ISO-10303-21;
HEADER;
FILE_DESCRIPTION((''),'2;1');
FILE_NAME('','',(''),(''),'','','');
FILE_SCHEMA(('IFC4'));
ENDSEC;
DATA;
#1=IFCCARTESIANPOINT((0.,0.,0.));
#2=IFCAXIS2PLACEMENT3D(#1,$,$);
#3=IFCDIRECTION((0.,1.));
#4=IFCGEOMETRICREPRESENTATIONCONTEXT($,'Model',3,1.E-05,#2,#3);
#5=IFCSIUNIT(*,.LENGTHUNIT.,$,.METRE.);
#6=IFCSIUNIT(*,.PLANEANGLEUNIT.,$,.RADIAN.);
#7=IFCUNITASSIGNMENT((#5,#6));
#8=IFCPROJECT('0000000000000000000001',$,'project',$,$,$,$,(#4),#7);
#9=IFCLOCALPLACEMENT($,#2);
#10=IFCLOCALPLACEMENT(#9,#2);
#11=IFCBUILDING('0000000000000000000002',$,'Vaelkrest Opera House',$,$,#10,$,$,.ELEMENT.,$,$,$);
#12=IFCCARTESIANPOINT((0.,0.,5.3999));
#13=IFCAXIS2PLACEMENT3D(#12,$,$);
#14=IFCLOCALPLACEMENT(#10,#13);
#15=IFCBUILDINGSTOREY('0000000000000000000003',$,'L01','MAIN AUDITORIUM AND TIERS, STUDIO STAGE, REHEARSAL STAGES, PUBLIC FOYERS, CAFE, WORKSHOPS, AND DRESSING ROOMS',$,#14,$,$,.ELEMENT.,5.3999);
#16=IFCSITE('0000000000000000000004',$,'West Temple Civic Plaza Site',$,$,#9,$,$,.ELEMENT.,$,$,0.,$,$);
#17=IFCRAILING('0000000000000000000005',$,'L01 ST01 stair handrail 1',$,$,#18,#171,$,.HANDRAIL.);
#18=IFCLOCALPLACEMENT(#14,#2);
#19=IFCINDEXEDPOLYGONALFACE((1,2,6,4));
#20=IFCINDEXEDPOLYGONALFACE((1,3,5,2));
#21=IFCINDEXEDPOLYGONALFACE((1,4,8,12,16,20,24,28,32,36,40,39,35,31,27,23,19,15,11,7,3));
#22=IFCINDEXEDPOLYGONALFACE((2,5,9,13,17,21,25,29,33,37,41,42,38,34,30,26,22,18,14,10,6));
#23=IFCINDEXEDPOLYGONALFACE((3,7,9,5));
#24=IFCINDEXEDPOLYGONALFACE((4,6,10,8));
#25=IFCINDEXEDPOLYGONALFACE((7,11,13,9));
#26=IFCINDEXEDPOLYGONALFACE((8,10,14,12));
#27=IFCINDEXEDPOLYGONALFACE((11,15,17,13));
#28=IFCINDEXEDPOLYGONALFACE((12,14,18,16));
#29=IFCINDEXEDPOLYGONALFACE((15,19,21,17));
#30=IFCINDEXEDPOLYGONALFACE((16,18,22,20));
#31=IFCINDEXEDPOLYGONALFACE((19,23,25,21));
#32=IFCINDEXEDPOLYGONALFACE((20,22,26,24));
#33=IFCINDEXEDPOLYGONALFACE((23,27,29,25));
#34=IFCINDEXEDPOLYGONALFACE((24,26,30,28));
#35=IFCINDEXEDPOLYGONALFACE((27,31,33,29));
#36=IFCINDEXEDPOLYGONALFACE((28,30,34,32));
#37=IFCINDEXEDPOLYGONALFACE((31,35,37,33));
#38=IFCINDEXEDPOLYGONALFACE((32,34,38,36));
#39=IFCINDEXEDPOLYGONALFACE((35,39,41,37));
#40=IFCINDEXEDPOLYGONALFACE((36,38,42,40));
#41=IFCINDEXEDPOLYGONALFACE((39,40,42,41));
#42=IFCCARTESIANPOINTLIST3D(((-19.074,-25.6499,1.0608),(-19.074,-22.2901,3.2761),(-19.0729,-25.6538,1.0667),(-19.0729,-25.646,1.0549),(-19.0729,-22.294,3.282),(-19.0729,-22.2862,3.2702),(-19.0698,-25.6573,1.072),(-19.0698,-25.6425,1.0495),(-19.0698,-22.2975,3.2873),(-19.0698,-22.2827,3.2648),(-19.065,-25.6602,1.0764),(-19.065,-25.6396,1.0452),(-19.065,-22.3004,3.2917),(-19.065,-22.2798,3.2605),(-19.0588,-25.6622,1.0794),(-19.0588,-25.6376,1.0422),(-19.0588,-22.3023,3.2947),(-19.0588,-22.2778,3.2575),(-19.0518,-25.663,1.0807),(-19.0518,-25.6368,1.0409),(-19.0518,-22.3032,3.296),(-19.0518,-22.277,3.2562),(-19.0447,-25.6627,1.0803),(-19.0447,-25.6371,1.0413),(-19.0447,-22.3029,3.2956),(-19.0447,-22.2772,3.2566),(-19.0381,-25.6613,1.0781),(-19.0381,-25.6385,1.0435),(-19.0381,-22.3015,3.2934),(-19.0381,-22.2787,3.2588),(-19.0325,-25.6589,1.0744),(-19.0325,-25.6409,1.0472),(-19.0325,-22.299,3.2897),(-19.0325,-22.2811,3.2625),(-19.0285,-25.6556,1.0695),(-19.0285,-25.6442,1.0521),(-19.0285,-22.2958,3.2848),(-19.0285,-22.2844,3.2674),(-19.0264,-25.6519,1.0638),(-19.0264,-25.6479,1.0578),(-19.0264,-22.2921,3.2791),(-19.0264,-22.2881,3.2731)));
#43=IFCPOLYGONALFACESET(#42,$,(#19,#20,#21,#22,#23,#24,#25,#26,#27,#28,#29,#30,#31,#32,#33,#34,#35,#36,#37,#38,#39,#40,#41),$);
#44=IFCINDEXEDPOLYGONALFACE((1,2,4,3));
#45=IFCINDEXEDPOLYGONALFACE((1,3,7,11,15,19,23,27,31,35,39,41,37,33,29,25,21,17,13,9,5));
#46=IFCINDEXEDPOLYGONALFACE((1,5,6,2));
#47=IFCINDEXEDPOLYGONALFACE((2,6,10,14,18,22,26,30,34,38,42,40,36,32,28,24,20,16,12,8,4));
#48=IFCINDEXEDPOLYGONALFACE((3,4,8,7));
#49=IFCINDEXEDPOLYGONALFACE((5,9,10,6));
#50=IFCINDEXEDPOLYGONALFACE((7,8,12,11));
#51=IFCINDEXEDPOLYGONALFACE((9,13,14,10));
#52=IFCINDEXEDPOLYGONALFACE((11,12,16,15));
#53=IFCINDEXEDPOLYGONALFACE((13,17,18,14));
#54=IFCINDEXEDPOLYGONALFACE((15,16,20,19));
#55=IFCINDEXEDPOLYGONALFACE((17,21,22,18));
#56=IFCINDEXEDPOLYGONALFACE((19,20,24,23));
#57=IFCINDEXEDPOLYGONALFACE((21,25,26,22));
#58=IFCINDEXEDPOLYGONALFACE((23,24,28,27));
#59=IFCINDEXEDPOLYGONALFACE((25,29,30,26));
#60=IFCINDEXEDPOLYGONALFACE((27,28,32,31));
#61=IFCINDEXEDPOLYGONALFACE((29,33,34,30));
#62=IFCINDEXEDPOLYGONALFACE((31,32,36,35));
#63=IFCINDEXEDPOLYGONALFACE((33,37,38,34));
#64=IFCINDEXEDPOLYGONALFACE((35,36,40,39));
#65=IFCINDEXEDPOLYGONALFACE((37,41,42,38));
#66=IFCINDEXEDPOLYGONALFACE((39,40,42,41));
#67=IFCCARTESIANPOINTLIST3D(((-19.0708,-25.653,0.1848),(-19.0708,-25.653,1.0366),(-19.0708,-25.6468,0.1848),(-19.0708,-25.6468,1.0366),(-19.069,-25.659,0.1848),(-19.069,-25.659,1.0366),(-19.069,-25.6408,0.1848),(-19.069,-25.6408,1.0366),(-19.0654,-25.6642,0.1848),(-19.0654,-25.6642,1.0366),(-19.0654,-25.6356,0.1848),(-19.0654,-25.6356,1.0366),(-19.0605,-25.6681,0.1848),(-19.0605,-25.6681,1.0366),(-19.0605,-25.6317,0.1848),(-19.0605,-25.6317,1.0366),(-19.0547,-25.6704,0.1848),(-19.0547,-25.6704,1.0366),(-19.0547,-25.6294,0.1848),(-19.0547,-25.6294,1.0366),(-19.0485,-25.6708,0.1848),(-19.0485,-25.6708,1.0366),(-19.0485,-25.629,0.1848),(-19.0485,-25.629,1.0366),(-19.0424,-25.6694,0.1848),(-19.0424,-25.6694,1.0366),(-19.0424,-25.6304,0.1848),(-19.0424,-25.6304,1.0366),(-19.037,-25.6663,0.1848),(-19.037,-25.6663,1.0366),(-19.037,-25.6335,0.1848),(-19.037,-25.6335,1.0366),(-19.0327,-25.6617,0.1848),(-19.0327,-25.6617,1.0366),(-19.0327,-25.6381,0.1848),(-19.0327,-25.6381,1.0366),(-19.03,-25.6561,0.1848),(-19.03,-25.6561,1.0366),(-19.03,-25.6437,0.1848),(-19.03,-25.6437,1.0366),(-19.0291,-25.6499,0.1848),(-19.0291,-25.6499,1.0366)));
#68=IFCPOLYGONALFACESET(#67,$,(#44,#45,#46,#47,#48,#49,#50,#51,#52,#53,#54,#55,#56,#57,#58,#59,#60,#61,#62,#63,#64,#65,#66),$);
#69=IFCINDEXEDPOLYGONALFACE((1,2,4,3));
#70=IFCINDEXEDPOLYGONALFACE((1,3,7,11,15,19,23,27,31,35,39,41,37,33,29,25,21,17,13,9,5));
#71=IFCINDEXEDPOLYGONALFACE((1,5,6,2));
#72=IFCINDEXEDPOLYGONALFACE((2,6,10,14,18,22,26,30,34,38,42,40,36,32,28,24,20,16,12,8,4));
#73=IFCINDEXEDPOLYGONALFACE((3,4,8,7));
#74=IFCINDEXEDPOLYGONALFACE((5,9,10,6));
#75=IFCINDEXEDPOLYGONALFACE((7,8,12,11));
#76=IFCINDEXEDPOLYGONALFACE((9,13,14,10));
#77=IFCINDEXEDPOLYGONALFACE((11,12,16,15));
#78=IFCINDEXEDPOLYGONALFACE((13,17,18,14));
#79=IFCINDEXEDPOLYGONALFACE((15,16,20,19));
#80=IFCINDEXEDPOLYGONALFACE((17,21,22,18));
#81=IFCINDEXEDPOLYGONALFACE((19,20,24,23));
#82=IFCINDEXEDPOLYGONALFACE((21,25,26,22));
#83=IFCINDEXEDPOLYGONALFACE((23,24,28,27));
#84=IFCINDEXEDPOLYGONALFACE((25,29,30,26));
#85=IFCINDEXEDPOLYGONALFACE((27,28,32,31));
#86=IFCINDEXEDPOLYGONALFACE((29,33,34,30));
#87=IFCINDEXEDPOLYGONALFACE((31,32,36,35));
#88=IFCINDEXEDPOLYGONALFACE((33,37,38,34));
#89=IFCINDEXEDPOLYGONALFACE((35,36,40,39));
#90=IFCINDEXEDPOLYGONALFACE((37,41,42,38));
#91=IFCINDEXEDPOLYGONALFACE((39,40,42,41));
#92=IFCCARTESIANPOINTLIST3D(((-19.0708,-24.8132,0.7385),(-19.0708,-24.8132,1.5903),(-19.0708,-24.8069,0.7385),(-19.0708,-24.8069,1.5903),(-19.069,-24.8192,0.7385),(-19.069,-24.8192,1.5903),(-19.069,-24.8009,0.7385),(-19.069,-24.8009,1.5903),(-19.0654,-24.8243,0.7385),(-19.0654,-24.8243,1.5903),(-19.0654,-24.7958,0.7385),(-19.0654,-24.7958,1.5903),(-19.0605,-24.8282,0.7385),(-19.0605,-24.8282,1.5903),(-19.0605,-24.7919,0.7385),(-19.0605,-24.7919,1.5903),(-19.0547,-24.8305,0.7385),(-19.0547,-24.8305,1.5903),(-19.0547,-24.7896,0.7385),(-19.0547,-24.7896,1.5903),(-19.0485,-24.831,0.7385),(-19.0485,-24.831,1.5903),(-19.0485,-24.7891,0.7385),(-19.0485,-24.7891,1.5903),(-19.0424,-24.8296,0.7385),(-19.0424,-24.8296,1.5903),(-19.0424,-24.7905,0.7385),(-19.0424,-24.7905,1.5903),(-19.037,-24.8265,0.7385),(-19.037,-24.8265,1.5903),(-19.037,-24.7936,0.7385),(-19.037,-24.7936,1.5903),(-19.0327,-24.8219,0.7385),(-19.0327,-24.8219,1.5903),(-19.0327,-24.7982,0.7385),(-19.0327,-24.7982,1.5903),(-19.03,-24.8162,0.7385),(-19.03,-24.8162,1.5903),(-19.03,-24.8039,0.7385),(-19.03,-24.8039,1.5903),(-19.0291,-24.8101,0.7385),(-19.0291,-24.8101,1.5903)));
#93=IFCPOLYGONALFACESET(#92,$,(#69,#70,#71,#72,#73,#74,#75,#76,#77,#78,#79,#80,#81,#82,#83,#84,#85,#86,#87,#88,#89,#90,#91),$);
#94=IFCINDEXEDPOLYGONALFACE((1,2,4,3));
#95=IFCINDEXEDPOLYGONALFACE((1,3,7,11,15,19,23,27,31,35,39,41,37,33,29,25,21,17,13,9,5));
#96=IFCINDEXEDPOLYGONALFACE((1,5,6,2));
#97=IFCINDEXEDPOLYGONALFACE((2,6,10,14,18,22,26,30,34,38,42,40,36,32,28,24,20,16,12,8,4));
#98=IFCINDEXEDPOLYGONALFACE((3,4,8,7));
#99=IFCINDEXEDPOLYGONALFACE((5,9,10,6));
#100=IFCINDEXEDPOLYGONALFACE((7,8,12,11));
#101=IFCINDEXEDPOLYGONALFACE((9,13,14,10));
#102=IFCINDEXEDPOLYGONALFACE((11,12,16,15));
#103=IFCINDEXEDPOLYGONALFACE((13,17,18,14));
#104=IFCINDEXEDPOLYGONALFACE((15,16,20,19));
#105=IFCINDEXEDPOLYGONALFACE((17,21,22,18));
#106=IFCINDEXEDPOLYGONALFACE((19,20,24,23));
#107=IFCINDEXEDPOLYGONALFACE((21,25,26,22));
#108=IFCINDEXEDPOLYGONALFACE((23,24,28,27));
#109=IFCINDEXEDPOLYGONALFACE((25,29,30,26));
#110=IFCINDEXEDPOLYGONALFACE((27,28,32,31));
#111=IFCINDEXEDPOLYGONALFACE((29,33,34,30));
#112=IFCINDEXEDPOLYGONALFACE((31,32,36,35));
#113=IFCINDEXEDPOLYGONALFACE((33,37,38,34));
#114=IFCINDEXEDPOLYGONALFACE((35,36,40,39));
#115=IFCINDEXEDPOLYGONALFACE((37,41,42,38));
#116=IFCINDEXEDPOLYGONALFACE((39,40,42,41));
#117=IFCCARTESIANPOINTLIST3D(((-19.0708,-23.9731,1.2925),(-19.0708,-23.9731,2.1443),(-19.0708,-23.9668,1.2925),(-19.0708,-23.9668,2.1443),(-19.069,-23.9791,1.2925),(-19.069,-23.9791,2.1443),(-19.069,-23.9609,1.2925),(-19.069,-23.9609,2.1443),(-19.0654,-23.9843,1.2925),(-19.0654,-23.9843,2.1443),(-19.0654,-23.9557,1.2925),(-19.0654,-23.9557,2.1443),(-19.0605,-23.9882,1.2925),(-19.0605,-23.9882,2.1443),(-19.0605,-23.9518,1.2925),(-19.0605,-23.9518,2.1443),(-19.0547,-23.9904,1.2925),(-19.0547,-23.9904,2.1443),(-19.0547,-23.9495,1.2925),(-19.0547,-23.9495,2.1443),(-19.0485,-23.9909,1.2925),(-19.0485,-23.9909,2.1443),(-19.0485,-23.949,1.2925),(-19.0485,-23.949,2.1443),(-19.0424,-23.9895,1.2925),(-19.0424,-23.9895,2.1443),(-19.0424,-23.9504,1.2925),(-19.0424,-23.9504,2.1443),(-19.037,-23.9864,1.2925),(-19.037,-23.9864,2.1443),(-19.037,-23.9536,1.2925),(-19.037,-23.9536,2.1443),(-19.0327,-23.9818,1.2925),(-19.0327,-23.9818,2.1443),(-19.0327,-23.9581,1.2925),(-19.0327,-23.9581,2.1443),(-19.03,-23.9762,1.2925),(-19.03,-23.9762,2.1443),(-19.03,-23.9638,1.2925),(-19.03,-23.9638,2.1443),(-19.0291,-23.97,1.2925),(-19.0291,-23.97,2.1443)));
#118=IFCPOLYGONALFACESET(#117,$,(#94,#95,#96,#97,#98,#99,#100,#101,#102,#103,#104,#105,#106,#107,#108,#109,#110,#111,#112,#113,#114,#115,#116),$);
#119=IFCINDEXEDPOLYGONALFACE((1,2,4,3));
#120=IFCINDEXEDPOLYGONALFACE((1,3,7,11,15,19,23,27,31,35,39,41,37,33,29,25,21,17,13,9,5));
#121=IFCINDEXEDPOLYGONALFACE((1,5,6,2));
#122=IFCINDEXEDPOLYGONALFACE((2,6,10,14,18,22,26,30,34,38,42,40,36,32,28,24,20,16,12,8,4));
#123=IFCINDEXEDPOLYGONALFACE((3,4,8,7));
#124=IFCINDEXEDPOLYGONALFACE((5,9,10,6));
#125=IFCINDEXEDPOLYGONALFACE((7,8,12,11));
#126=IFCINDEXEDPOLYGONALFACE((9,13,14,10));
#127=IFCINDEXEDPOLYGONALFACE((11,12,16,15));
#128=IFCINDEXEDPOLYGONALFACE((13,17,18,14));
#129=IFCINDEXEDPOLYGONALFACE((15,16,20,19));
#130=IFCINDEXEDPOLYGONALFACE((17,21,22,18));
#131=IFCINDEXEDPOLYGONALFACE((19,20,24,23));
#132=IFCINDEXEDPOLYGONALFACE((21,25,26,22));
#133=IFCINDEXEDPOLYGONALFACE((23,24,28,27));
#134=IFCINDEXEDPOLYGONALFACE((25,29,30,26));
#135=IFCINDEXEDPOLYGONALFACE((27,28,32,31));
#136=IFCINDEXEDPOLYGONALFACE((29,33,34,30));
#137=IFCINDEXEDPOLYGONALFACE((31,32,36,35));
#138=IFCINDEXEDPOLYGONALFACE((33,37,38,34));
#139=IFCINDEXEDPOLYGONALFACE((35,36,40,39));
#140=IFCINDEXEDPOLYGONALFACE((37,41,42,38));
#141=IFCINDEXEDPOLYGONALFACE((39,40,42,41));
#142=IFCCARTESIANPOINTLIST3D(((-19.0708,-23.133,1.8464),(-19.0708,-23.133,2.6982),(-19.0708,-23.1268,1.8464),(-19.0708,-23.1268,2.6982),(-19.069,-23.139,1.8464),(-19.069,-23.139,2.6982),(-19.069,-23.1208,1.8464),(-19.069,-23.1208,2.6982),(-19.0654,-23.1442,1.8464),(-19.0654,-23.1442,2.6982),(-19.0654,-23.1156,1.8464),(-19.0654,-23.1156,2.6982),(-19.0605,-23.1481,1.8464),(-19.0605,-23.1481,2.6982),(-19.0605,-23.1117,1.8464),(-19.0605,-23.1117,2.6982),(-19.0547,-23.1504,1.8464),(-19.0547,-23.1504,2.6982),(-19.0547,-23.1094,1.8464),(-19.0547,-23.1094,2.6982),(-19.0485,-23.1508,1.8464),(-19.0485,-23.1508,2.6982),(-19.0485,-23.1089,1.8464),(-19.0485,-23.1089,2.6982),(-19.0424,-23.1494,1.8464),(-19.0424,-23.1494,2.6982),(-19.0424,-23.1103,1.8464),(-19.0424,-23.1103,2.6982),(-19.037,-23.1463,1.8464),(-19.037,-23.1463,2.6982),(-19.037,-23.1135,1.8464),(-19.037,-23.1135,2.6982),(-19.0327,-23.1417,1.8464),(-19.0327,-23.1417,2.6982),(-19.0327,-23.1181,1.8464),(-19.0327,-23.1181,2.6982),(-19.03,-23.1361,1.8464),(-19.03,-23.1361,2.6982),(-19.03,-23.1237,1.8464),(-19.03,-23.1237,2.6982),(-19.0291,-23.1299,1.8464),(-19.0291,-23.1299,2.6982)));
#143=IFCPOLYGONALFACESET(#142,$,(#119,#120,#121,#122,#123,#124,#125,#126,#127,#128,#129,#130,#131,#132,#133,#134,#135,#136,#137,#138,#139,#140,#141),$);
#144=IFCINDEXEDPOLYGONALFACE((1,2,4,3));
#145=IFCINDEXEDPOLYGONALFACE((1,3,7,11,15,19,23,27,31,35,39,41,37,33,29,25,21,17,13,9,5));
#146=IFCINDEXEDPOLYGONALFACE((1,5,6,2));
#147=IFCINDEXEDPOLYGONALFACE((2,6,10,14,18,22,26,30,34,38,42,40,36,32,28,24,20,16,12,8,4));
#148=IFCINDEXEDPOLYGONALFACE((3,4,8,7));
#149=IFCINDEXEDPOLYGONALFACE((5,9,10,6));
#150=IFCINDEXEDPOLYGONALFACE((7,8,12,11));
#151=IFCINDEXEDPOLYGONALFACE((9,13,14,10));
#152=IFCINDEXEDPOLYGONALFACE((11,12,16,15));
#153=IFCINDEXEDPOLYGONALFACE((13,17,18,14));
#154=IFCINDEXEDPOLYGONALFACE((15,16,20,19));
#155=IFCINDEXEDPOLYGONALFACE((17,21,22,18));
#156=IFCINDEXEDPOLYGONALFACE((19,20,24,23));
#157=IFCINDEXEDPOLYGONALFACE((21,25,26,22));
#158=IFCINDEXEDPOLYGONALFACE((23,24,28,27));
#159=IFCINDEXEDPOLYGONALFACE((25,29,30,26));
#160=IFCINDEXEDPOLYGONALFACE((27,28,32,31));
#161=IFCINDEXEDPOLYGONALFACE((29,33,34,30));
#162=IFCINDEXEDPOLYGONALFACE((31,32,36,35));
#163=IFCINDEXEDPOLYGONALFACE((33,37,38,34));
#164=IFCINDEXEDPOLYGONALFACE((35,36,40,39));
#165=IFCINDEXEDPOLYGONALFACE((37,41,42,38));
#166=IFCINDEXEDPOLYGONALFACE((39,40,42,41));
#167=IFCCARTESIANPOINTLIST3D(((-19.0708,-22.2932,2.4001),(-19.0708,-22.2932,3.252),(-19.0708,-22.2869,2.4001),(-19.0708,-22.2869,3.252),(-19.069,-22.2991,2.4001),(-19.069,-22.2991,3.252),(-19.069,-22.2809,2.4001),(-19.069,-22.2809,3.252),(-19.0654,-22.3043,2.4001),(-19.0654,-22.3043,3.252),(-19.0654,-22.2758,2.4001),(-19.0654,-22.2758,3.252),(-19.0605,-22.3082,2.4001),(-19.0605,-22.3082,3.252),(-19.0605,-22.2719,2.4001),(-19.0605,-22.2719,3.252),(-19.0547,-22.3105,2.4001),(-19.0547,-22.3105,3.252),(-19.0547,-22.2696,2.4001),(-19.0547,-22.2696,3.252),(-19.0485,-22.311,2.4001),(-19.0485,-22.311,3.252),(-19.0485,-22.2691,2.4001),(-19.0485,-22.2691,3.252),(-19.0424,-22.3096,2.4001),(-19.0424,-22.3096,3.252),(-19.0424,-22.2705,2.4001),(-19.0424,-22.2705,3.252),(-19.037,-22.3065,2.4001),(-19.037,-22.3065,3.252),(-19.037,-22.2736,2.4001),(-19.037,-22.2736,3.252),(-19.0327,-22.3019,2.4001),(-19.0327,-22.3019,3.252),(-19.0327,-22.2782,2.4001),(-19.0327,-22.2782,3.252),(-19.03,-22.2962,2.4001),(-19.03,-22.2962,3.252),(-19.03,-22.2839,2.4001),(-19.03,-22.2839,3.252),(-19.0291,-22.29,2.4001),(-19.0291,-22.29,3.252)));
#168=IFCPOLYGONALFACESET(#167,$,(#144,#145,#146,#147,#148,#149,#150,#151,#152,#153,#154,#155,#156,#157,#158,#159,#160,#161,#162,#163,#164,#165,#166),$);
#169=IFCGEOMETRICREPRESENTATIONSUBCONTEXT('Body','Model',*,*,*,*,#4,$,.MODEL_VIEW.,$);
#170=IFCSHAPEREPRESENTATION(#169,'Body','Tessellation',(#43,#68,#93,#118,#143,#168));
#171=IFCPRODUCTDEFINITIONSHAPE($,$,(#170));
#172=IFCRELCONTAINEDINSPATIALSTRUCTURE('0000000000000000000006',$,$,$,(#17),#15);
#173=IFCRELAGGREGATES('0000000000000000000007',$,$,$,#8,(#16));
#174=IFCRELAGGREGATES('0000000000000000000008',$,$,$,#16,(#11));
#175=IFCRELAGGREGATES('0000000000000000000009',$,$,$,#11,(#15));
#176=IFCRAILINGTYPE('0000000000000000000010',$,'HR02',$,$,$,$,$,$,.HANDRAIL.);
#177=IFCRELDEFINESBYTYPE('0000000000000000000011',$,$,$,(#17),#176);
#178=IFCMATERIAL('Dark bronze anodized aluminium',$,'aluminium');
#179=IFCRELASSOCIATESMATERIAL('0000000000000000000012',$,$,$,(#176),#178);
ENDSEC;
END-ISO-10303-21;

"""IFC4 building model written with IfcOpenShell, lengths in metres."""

from ifc_helpers import new_model, si_unit, direction, frame, origin, origin_2d, place, context, subcontext, project, spatial, circle, extrude, material, type_object, element, save


model = new_model("IFC4")

# Units and contexts
model_context = context("Model", 3, precision=1e-05, world=origin(), true_north=direction((0.0, 1.0)))
body_context = subcontext(model_context, "Body", "Model", "MODEL_VIEW")
ifc_project = project(units=[si_unit("LENGTHUNIT", "METRE"), si_unit("PLANEANGLEUNIT", "RADIAN")], contexts=[model_context])

# Site, building, storey
site_placement = place(None, origin())
site = spatial("IfcSite", under=ifc_project, at=site_placement, Name="West Temple Civic Plaza Site", CompositionType="ELEMENT", RefElevation=0.0)
building_placement = place(site_placement, origin())
building = spatial("IfcBuilding", under=site, at=building_placement, Name="Vaelkrest Opera House", CompositionType="ELEMENT")
storey_placement = place(building_placement, frame((0.0, 0.0, 5.3999)))
storey = spatial("IfcBuildingStorey", under=building, at=storey_placement, Name="L01", Description="MAIN AUDITORIUM AND TIERS, STUDIO STAGE, REHEARSAL STAGES, PUBLIC FOYERS, CAFE, WORKSHOPS, AND DRESSING ROOMS", CompositionType="ELEMENT", Elevation=5.3999)

# Shared definitions
ifc_material_1 = material(Name="Dark bronze anodized aluminium", Category="aluminium")

# Railing
railing_type_1 = type_object("IfcRailingType", Name="HR02", PredefinedType="HANDRAIL", material=ifc_material_1)
railing_1_placement = place(storey_placement, frame((-19.05, -25.6499, 0.1848)))
element("IfcRailing", 1, at=railing_1_placement, inside=storey, type_object=railing_type_1, Name="L01 ST01 stair handrail 1", PredefinedType="HANDRAIL", context=body_context, shape_type="SweptSolid", body=[
    extrude(circle(Radius=0.0239, at=origin_2d()), frame((0.0, 0.0, 0.876), z_axis=(0.0, 0.834858, 0.550465), x_axis=(-1.0, 0.0, 0.0)), (0.0, 0.0, 1.0), 4.0244),
    extrude(circle(Radius=0.021, at=origin_2d()), origin(), (0.0, 0.0, 1.0), 0.8518),
    extrude(circle(Radius=0.021, at=origin_2d()), frame((0.0, 0.8398, 0.5537)), (0.0, 0.0, 1.0), 0.8518),
    extrude(circle(Radius=0.021, at=origin_2d()), frame((0.0, 1.6799, 1.1077)), (0.0, 0.0, 1.0), 0.8518),
    extrude(circle(Radius=0.021, at=origin_2d()), frame((0.0, 2.52, 1.6616)), (0.0, 0.0, 1.0), 0.8518),
    extrude(circle(Radius=0.021, at=origin_2d()), frame((0.0, 3.3599, 2.2153)), (0.0, 0.0, 1.0), 0.8518),
])

save(model, "model.ifc")
